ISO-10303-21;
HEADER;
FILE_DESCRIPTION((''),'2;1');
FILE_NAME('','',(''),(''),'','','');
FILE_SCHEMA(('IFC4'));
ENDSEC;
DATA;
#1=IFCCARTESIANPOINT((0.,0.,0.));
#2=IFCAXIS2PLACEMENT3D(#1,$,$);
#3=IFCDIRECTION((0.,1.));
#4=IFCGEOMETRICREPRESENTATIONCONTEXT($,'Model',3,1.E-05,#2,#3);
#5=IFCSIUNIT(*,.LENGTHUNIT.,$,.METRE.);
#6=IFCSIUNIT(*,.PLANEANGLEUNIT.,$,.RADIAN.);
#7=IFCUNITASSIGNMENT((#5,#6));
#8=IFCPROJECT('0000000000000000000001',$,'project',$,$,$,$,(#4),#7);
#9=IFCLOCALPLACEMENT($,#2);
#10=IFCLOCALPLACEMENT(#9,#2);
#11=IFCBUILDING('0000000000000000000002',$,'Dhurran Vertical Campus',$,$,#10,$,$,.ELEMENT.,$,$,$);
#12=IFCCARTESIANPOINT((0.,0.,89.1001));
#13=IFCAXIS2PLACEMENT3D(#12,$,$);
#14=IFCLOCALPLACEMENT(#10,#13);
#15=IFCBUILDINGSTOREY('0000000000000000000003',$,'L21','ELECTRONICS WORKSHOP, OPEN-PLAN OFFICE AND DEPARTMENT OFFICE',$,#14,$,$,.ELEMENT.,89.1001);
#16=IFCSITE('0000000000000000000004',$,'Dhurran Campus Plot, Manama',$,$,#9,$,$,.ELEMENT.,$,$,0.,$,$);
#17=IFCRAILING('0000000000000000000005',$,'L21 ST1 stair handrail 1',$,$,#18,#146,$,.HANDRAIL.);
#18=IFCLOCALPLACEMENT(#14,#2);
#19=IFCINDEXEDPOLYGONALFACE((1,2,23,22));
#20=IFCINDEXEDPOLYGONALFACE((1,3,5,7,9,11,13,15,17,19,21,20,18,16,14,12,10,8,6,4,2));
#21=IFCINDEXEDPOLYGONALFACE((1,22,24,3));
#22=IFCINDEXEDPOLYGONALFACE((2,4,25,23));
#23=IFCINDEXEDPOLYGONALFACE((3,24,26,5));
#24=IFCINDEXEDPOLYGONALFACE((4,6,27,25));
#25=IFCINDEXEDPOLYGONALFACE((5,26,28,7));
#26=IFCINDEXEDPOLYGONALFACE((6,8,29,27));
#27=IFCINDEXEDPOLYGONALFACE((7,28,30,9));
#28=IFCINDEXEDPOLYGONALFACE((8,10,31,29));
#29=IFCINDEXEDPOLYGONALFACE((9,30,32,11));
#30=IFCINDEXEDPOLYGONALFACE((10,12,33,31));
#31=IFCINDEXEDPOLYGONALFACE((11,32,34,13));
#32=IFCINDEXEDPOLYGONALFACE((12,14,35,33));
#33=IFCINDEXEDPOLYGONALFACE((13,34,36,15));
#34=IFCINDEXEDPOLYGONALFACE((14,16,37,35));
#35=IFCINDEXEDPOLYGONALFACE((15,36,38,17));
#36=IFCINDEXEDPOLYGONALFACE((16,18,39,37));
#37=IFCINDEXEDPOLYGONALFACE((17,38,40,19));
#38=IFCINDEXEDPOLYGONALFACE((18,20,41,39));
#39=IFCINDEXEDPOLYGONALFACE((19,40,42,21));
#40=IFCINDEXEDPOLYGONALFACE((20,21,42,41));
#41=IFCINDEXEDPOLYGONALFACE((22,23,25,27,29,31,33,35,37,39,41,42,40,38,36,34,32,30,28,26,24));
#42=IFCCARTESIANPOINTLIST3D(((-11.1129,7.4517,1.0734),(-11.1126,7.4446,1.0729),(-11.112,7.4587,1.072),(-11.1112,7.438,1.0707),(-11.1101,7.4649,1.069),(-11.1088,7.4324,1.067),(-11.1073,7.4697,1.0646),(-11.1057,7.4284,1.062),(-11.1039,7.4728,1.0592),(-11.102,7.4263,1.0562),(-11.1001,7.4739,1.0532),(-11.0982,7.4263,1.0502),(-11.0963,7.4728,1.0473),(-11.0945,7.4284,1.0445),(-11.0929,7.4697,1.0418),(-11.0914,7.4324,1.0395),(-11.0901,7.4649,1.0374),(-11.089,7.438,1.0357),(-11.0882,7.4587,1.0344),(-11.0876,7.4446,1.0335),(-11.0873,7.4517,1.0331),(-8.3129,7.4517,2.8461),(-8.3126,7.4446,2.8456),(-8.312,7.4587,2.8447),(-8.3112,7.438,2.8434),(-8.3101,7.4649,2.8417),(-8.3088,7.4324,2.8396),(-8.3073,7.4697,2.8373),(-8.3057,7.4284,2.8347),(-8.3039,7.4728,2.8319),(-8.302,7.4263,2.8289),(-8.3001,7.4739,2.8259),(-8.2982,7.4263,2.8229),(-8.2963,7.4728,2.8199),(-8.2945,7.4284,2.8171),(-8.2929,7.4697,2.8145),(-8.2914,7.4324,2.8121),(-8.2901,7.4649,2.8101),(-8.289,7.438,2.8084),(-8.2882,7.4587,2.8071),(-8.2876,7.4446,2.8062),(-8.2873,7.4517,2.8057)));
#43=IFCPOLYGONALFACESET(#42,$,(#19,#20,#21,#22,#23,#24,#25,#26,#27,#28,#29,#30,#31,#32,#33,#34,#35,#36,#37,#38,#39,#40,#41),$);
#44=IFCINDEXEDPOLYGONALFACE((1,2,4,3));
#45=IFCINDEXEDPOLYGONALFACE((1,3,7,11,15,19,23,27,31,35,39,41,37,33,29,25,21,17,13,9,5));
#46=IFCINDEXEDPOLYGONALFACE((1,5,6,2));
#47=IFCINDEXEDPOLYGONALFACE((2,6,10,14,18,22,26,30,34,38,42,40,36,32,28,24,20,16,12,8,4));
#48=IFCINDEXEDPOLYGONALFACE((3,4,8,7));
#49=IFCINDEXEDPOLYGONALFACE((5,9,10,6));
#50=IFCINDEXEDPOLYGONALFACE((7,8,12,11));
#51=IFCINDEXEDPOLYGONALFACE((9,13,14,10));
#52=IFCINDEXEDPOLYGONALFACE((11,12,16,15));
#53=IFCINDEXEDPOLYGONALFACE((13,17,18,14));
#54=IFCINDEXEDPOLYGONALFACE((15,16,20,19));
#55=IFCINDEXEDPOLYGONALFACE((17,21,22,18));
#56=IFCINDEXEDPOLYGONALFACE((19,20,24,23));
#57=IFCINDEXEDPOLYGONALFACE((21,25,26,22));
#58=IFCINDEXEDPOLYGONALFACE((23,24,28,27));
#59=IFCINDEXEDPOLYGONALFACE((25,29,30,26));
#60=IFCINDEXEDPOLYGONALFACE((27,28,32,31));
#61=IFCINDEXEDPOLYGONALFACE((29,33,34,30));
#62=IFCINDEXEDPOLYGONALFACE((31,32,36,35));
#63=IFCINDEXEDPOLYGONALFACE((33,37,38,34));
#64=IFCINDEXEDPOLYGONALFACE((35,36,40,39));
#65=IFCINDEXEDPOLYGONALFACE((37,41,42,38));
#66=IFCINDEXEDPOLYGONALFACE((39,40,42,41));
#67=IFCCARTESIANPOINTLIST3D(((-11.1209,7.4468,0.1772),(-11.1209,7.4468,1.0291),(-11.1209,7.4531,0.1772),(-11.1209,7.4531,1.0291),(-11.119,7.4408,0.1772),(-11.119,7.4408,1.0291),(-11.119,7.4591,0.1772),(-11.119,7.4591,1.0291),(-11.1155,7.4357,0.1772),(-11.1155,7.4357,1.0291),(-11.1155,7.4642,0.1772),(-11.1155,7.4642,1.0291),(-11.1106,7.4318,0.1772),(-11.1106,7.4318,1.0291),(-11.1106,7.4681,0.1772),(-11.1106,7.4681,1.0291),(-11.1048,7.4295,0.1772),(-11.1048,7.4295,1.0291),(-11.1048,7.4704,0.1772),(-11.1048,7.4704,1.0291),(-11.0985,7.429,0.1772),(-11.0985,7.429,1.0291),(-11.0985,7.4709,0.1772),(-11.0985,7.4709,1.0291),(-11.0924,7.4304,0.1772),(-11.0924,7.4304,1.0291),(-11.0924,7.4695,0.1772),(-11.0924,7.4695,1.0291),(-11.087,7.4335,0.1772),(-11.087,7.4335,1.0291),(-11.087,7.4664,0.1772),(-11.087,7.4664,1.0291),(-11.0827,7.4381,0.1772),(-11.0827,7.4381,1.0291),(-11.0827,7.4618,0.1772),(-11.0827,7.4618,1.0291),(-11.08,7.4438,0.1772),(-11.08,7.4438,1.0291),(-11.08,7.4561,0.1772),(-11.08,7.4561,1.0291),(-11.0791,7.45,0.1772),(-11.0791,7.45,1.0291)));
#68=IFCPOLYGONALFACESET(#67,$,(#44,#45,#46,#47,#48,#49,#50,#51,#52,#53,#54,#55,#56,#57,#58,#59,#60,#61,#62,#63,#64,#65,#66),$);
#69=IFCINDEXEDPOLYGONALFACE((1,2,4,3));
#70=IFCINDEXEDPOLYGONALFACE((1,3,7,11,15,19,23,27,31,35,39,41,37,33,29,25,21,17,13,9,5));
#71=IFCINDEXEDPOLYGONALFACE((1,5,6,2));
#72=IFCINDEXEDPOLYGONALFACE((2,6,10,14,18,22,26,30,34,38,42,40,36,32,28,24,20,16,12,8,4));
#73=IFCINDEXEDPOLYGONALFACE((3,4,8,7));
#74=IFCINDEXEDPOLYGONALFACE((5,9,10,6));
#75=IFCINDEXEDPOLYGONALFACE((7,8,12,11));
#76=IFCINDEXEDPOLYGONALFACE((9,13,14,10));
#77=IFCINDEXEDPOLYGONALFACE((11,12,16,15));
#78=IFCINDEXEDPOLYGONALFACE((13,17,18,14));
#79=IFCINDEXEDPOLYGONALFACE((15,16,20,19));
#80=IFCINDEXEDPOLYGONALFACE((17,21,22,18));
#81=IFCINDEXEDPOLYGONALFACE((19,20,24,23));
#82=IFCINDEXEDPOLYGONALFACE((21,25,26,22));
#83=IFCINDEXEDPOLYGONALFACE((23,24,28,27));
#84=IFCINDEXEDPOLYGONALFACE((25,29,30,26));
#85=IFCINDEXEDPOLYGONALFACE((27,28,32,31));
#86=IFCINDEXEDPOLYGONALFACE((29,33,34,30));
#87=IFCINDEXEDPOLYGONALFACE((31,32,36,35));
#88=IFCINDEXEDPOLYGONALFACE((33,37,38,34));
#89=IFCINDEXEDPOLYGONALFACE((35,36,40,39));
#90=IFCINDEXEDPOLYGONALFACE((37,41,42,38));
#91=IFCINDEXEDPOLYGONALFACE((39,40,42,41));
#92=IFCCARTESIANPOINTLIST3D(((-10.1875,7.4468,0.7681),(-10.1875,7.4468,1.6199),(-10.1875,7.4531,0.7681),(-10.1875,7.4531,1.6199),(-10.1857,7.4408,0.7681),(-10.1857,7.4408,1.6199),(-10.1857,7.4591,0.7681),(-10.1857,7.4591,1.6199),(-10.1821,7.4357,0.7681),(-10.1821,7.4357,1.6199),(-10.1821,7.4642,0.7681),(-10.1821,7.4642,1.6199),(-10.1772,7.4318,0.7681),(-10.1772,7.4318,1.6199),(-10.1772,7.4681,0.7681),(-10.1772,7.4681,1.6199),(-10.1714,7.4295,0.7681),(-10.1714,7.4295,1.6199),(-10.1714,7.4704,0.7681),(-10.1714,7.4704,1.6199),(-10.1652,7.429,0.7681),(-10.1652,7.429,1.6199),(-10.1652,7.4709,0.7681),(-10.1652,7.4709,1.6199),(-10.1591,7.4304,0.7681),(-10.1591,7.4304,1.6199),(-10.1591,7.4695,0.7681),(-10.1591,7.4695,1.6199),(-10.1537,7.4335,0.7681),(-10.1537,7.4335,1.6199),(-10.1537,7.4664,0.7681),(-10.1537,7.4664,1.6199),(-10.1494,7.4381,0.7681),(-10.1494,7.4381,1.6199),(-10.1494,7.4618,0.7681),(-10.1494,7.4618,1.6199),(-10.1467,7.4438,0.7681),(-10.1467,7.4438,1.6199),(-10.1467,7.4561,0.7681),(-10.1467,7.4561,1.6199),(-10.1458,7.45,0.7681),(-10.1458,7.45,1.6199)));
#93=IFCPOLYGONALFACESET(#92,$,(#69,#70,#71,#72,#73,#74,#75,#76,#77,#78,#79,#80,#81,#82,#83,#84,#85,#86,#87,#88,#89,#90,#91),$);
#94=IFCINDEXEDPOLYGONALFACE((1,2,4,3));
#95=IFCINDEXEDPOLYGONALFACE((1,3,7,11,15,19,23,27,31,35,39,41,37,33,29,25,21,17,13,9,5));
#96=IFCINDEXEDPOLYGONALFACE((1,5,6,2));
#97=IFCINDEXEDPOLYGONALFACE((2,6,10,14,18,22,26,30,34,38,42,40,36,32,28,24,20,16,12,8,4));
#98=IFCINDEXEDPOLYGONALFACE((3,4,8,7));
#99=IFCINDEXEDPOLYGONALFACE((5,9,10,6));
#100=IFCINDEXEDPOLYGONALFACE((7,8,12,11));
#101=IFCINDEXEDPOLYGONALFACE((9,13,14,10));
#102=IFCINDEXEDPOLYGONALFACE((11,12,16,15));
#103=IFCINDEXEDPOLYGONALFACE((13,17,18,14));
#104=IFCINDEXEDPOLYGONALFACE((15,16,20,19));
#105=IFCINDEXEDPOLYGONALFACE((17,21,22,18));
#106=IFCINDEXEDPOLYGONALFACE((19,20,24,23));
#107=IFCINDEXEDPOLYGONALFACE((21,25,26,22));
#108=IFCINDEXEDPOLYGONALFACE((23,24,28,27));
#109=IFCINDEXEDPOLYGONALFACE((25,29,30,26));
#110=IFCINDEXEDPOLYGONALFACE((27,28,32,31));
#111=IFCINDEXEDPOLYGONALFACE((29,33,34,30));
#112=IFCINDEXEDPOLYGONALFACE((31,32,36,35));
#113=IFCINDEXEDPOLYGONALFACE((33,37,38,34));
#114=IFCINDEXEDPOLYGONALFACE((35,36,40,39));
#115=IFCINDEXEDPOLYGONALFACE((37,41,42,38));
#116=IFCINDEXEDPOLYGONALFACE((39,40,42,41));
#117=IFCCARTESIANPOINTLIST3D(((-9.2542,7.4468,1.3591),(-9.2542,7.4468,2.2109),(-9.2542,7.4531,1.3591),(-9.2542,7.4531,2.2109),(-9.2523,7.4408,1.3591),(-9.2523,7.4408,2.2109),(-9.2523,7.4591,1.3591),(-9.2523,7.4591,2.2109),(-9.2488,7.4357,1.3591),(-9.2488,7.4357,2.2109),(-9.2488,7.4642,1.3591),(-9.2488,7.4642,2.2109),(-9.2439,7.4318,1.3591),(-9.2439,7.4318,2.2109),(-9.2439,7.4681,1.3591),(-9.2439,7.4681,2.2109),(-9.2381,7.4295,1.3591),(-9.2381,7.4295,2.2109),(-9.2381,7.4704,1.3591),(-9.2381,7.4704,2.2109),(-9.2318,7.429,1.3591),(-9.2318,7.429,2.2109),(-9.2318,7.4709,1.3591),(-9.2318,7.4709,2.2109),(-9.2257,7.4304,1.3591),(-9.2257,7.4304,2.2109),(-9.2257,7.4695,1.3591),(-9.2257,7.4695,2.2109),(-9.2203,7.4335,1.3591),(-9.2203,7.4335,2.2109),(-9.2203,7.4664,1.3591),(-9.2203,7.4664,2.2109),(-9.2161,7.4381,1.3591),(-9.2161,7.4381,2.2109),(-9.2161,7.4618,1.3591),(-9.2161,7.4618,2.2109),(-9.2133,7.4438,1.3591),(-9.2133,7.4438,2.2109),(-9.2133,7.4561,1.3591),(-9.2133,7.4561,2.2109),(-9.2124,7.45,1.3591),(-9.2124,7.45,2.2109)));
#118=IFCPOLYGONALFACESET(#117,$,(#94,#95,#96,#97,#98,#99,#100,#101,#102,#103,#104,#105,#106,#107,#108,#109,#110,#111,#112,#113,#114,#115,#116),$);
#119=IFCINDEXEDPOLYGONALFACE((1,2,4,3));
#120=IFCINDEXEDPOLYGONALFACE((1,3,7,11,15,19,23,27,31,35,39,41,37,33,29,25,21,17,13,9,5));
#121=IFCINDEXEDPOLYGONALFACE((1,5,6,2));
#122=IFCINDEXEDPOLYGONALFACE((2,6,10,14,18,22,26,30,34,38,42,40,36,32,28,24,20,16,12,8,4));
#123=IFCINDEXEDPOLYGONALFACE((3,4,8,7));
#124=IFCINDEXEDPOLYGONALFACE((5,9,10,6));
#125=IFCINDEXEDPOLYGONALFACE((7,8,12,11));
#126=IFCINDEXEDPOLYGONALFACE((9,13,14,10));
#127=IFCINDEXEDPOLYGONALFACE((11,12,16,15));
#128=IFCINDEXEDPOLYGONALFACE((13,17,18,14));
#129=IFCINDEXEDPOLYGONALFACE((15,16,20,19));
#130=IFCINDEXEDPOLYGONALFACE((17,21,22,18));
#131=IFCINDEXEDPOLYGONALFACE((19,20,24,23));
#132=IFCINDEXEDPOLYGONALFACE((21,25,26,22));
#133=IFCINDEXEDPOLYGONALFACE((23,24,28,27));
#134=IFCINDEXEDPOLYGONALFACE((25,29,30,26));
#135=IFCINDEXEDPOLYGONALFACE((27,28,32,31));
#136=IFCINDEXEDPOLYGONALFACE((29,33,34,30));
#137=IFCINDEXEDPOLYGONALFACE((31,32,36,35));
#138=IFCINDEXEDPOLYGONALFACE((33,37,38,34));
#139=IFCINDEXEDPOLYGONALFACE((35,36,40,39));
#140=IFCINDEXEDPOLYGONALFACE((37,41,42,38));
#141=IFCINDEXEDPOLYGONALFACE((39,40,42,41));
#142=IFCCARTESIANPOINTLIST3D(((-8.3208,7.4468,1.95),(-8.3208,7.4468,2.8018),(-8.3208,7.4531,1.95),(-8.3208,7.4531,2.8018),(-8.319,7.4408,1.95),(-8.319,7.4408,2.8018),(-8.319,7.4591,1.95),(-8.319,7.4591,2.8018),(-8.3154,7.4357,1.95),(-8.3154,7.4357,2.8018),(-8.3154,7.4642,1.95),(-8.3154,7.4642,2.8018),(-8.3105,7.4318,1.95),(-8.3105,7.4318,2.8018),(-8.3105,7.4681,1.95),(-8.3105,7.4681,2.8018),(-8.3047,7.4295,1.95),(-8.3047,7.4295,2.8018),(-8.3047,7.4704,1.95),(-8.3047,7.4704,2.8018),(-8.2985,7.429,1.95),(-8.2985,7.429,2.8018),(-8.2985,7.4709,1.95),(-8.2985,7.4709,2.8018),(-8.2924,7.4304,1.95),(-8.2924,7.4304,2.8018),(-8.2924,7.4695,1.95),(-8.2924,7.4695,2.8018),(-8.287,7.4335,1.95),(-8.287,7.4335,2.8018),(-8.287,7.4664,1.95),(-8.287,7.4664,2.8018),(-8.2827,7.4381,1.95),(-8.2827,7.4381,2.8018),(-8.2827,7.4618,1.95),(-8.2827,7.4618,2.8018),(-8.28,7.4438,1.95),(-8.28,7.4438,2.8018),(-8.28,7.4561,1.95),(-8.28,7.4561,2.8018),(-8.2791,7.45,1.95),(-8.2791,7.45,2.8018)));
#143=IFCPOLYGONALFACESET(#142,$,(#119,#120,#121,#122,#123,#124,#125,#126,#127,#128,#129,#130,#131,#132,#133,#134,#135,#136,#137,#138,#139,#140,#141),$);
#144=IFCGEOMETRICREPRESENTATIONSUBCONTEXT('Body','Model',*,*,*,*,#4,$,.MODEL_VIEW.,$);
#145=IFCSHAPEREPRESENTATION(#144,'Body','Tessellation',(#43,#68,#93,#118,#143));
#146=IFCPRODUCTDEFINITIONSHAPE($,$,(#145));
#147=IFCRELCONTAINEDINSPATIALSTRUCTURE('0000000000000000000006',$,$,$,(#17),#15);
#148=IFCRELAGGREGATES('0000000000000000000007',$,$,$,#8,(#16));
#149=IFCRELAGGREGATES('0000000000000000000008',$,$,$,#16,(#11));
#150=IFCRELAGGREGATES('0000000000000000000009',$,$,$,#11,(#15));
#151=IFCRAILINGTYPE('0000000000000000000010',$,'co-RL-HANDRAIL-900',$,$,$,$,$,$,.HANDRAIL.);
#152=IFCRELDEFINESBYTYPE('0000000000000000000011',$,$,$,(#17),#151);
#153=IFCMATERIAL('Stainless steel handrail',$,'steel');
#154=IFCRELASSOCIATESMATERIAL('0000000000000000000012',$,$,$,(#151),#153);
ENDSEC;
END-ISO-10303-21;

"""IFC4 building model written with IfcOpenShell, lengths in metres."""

from ifc_helpers import new_model, si_unit, direction, frame, origin, origin_2d, place, context, subcontext, project, spatial, circle, extrude, material, type_object, element, save


model = new_model("IFC4")

# Units and contexts
model_context = context("Model", 3, precision=1e-05, world=origin(), true_north=direction((0.0, 1.0)))
body_context = subcontext(model_context, "Body", "Model", "MODEL_VIEW")
ifc_project = project(units=[si_unit("LENGTHUNIT", "METRE"), si_unit("PLANEANGLEUNIT", "RADIAN")], contexts=[model_context])

# Site, building, storey
site_placement = place(None, origin())
site = spatial("IfcSite", under=ifc_project, at=site_placement, Name="Dhurran Campus Plot, Manama", CompositionType="ELEMENT", RefElevation=0.0)
building_placement = place(site_placement, origin())
building = spatial("IfcBuilding", under=site, at=building_placement, Name="Dhurran Vertical Campus", CompositionType="ELEMENT")
storey_placement = place(building_placement, frame((0.0, 0.0, 89.1001)))
storey = spatial("IfcBuildingStorey", under=building, at=storey_placement, Name="L21", Description="ELECTRONICS WORKSHOP, OPEN-PLAN OFFICE AND DEPARTMENT OFFICE", CompositionType="ELEMENT", Elevation=89.1001)

# Railing
ifc_material_1 = material(Name="Stainless steel handrail", Category="steel")
railing_type_1 = type_object("IfcRailingType", Name="co-RL-HANDRAIL-900", PredefinedType="HANDRAIL", material=ifc_material_1)
railing_1_placement = place(storey_placement, frame((-11.1001, 7.45, 0.1772)))
element("IfcRailing", 1, at=railing_1_placement, inside=storey, type_object=railing_type_1, Name="L21 ST1 stair handrail 1", PredefinedType="HANDRAIL", context=body_context, shape_type="SweptSolid", body=[
    extrude(circle(Radius=0.0239, at=origin_2d()), frame((0.0, 0.0, 0.876), z_axis=(0.844909, 0.0, 0.53491), x_axis=(0.0, 1.0, 0.0)), (0.0, 0.0, 1.0), 3.314),
    extrude(circle(Radius=0.021, at=origin_2d()), origin(), (0.0, 0.0, 1.0), 0.8518),
    extrude(circle(Radius=0.021, at=origin_2d()), frame((0.9333, 0.0, 0.5908)), (0.0, 0.0, 1.0), 0.8518),
    extrude(circle(Radius=0.021, at=origin_2d()), frame((1.8667, 0.0, 1.1819)), (0.0, 0.0, 1.0), 0.8518),
    extrude(circle(Radius=0.021, at=origin_2d()), frame((2.8, 0.0, 1.7727)), (0.0, 0.0, 1.0), 0.8518),
])

save(model, "model.ifc")
